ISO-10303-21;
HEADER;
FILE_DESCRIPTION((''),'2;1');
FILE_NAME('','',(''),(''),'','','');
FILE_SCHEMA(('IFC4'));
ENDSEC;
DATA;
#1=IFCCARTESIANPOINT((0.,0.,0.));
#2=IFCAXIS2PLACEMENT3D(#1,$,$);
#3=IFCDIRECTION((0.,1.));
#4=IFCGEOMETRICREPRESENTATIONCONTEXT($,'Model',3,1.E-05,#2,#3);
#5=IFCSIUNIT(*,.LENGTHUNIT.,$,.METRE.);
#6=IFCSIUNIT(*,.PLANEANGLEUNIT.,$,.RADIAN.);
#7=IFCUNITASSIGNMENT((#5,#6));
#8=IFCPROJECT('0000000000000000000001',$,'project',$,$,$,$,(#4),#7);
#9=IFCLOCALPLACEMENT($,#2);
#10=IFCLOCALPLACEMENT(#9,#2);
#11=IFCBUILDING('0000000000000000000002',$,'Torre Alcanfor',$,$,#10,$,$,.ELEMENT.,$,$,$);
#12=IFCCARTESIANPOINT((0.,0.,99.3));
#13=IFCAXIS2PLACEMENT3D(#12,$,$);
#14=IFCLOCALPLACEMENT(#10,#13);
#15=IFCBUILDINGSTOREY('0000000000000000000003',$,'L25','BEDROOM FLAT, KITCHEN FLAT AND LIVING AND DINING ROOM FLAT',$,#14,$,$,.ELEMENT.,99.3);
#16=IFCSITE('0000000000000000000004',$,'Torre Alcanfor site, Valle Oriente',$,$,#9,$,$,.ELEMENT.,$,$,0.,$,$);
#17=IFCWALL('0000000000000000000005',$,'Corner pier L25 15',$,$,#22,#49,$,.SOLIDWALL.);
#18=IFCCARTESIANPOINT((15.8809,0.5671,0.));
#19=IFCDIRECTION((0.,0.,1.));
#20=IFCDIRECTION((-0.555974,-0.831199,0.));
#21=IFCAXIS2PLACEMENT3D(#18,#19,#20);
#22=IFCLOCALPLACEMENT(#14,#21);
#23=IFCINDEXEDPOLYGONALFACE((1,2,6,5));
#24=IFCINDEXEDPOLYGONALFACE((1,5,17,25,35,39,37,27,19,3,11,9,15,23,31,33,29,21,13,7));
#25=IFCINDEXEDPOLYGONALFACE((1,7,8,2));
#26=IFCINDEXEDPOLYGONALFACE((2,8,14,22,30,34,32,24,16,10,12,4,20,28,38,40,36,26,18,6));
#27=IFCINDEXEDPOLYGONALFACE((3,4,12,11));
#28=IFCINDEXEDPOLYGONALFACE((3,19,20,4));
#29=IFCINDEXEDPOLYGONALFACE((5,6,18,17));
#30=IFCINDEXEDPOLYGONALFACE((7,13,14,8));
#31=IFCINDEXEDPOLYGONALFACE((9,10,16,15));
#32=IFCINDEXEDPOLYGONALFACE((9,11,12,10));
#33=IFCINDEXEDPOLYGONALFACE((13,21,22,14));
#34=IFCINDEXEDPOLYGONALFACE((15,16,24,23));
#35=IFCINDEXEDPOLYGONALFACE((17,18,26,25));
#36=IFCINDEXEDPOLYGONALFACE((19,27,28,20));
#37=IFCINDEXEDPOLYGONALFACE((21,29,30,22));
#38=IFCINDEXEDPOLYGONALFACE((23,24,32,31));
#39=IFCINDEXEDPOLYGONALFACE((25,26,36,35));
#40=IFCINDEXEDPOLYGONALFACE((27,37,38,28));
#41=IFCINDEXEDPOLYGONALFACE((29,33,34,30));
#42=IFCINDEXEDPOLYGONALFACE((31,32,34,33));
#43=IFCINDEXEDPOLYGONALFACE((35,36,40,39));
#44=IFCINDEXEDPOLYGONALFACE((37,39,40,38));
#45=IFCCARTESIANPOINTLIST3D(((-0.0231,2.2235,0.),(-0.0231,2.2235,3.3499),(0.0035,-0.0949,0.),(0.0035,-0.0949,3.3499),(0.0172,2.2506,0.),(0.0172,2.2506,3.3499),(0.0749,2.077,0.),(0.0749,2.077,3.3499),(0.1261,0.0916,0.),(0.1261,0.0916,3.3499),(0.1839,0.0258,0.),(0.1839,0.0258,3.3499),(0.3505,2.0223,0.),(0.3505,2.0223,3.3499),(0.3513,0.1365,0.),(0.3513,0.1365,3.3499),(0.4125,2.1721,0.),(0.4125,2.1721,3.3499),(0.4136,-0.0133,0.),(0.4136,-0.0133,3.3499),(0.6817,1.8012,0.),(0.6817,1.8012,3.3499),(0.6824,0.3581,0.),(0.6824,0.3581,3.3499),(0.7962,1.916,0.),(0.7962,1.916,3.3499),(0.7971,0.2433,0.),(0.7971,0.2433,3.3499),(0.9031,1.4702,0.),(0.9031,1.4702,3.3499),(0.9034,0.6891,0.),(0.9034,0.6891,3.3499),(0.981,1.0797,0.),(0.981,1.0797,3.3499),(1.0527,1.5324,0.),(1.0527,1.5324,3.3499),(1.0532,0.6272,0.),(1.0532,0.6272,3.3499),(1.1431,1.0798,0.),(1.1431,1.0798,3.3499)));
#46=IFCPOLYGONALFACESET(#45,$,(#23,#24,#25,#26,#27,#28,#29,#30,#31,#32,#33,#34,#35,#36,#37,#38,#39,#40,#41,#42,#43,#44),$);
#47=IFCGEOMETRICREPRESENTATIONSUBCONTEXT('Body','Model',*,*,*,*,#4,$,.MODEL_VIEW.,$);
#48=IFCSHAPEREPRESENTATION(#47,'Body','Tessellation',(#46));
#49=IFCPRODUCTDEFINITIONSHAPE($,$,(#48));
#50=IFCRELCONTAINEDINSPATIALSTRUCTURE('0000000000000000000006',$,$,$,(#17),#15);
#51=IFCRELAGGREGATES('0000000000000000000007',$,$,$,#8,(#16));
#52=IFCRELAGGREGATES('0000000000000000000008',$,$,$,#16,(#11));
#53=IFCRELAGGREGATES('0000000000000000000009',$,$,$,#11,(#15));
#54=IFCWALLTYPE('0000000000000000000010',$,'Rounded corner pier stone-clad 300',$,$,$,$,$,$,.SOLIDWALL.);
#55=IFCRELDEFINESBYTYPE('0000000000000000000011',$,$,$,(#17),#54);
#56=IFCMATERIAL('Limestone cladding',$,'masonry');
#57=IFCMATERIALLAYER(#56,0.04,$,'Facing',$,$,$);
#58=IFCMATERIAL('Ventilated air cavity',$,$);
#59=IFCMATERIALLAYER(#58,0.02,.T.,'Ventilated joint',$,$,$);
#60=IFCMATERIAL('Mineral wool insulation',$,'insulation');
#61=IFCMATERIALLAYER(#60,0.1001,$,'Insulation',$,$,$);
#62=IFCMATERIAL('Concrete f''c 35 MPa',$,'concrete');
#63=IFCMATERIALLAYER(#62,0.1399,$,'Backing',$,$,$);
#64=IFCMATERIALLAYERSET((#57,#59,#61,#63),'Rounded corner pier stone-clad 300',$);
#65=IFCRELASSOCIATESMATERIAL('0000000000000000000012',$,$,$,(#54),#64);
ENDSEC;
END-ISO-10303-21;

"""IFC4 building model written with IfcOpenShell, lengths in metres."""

from ifc_helpers import new_model, si_unit, direction, frame, origin, place, context, subcontext, project, spatial, polyline, outline, extrude, material, layer, layer_set, type_object, element, save


model = new_model("IFC4")

# Units and contexts
model_context = context("Model", 3, precision=1e-05, world=origin(), true_north=direction((0.0, 1.0)))
body_context = subcontext(model_context, "Body", "Model", "MODEL_VIEW")
ifc_project = project(units=[si_unit("LENGTHUNIT", "METRE"), si_unit("PLANEANGLEUNIT", "RADIAN")], contexts=[model_context])

# Site, building, storey
site_placement = place(None, origin())
site = spatial("IfcSite", under=ifc_project, at=site_placement, Name="Torre Alcanfor site, Valle Oriente", CompositionType="ELEMENT", RefElevation=0.0)
building_placement = place(site_placement, origin())
building = spatial("IfcBuilding", under=site, at=building_placement, Name="Torre Alcanfor", CompositionType="ELEMENT")
storey_placement = place(building_placement, frame((0.0, 0.0, 99.3)))
storey = spatial("IfcBuildingStorey", under=building, at=storey_placement, Name="L25", Description="BEDROOM FLAT, KITCHEN FLAT AND LIVING AND DINING ROOM FLAT", CompositionType="ELEMENT", Elevation=99.3)

# Shared definitions
ifc_material_1 = material(Name="Limestone cladding", Category="masonry")
ifc_material_2 = material(Name="Ventilated air cavity")
ifc_material_3 = material(Name="Mineral wool insulation", Category="insulation")
ifc_material_4 = material(Name="Concrete f'c 35 MPa", Category="concrete")

# Wall
ifc_layer_1 = layer(ifc_material_1, 0.04, Name="Facing")
ifc_layer_2 = layer(ifc_material_2, 0.02, ventilated=True, Name="Ventilated joint")
ifc_layer_3 = layer(ifc_material_3, 0.1001, Name="Insulation")
ifc_layer_4 = layer(ifc_material_4, 0.1399, Name="Backing")
ifc_layer_set_1 = layer_set([ifc_layer_1, ifc_layer_2, ifc_layer_3, ifc_layer_4], Name="Rounded corner pier stone-clad 300")
wall_type_1 = type_object("IfcWallType", Name="Rounded corner pier stone-clad 300", PredefinedType="SOLIDWALL", material=ifc_layer_set_1)
wall_1_placement = place(storey_placement, frame((15.8809, 0.5671, 0.0), z_axis=(0.0, 0.0, 1.0), x_axis=(-0.555974, -0.831199, 0.0)))
element("IfcWall", 1, at=wall_1_placement, inside=storey, type_object=wall_type_1, Name="Corner pier L25 15", PredefinedType="SOLIDWALL", context=body_context, shape_type="SweptSolid", body=[
    extrude(outline(polyline([(0.0749, 2.077), (0.3505, 2.0223), (0.6817, 1.8012), (0.9031, 1.4702), (0.981, 1.0797), (0.9034, 0.6891), (0.6824, 0.3581), (0.3513, 0.1365), (0.1261, 0.0916), (0.1839, 0.0258), (0.0035, -0.0949), (0.4136, -0.0133), (0.7971, 0.2433), (1.0532, 0.6272), (1.1431, 1.0798), (1.0527, 1.5324), (0.7962, 1.916), (0.4125, 2.1721), (0.0172, 2.2506), (-0.0231, 2.2235), (0.0749, 2.077)])), origin(), (0.0, 0.0, 1.0), 3.3499),
])

save(model, "model.ifc")
